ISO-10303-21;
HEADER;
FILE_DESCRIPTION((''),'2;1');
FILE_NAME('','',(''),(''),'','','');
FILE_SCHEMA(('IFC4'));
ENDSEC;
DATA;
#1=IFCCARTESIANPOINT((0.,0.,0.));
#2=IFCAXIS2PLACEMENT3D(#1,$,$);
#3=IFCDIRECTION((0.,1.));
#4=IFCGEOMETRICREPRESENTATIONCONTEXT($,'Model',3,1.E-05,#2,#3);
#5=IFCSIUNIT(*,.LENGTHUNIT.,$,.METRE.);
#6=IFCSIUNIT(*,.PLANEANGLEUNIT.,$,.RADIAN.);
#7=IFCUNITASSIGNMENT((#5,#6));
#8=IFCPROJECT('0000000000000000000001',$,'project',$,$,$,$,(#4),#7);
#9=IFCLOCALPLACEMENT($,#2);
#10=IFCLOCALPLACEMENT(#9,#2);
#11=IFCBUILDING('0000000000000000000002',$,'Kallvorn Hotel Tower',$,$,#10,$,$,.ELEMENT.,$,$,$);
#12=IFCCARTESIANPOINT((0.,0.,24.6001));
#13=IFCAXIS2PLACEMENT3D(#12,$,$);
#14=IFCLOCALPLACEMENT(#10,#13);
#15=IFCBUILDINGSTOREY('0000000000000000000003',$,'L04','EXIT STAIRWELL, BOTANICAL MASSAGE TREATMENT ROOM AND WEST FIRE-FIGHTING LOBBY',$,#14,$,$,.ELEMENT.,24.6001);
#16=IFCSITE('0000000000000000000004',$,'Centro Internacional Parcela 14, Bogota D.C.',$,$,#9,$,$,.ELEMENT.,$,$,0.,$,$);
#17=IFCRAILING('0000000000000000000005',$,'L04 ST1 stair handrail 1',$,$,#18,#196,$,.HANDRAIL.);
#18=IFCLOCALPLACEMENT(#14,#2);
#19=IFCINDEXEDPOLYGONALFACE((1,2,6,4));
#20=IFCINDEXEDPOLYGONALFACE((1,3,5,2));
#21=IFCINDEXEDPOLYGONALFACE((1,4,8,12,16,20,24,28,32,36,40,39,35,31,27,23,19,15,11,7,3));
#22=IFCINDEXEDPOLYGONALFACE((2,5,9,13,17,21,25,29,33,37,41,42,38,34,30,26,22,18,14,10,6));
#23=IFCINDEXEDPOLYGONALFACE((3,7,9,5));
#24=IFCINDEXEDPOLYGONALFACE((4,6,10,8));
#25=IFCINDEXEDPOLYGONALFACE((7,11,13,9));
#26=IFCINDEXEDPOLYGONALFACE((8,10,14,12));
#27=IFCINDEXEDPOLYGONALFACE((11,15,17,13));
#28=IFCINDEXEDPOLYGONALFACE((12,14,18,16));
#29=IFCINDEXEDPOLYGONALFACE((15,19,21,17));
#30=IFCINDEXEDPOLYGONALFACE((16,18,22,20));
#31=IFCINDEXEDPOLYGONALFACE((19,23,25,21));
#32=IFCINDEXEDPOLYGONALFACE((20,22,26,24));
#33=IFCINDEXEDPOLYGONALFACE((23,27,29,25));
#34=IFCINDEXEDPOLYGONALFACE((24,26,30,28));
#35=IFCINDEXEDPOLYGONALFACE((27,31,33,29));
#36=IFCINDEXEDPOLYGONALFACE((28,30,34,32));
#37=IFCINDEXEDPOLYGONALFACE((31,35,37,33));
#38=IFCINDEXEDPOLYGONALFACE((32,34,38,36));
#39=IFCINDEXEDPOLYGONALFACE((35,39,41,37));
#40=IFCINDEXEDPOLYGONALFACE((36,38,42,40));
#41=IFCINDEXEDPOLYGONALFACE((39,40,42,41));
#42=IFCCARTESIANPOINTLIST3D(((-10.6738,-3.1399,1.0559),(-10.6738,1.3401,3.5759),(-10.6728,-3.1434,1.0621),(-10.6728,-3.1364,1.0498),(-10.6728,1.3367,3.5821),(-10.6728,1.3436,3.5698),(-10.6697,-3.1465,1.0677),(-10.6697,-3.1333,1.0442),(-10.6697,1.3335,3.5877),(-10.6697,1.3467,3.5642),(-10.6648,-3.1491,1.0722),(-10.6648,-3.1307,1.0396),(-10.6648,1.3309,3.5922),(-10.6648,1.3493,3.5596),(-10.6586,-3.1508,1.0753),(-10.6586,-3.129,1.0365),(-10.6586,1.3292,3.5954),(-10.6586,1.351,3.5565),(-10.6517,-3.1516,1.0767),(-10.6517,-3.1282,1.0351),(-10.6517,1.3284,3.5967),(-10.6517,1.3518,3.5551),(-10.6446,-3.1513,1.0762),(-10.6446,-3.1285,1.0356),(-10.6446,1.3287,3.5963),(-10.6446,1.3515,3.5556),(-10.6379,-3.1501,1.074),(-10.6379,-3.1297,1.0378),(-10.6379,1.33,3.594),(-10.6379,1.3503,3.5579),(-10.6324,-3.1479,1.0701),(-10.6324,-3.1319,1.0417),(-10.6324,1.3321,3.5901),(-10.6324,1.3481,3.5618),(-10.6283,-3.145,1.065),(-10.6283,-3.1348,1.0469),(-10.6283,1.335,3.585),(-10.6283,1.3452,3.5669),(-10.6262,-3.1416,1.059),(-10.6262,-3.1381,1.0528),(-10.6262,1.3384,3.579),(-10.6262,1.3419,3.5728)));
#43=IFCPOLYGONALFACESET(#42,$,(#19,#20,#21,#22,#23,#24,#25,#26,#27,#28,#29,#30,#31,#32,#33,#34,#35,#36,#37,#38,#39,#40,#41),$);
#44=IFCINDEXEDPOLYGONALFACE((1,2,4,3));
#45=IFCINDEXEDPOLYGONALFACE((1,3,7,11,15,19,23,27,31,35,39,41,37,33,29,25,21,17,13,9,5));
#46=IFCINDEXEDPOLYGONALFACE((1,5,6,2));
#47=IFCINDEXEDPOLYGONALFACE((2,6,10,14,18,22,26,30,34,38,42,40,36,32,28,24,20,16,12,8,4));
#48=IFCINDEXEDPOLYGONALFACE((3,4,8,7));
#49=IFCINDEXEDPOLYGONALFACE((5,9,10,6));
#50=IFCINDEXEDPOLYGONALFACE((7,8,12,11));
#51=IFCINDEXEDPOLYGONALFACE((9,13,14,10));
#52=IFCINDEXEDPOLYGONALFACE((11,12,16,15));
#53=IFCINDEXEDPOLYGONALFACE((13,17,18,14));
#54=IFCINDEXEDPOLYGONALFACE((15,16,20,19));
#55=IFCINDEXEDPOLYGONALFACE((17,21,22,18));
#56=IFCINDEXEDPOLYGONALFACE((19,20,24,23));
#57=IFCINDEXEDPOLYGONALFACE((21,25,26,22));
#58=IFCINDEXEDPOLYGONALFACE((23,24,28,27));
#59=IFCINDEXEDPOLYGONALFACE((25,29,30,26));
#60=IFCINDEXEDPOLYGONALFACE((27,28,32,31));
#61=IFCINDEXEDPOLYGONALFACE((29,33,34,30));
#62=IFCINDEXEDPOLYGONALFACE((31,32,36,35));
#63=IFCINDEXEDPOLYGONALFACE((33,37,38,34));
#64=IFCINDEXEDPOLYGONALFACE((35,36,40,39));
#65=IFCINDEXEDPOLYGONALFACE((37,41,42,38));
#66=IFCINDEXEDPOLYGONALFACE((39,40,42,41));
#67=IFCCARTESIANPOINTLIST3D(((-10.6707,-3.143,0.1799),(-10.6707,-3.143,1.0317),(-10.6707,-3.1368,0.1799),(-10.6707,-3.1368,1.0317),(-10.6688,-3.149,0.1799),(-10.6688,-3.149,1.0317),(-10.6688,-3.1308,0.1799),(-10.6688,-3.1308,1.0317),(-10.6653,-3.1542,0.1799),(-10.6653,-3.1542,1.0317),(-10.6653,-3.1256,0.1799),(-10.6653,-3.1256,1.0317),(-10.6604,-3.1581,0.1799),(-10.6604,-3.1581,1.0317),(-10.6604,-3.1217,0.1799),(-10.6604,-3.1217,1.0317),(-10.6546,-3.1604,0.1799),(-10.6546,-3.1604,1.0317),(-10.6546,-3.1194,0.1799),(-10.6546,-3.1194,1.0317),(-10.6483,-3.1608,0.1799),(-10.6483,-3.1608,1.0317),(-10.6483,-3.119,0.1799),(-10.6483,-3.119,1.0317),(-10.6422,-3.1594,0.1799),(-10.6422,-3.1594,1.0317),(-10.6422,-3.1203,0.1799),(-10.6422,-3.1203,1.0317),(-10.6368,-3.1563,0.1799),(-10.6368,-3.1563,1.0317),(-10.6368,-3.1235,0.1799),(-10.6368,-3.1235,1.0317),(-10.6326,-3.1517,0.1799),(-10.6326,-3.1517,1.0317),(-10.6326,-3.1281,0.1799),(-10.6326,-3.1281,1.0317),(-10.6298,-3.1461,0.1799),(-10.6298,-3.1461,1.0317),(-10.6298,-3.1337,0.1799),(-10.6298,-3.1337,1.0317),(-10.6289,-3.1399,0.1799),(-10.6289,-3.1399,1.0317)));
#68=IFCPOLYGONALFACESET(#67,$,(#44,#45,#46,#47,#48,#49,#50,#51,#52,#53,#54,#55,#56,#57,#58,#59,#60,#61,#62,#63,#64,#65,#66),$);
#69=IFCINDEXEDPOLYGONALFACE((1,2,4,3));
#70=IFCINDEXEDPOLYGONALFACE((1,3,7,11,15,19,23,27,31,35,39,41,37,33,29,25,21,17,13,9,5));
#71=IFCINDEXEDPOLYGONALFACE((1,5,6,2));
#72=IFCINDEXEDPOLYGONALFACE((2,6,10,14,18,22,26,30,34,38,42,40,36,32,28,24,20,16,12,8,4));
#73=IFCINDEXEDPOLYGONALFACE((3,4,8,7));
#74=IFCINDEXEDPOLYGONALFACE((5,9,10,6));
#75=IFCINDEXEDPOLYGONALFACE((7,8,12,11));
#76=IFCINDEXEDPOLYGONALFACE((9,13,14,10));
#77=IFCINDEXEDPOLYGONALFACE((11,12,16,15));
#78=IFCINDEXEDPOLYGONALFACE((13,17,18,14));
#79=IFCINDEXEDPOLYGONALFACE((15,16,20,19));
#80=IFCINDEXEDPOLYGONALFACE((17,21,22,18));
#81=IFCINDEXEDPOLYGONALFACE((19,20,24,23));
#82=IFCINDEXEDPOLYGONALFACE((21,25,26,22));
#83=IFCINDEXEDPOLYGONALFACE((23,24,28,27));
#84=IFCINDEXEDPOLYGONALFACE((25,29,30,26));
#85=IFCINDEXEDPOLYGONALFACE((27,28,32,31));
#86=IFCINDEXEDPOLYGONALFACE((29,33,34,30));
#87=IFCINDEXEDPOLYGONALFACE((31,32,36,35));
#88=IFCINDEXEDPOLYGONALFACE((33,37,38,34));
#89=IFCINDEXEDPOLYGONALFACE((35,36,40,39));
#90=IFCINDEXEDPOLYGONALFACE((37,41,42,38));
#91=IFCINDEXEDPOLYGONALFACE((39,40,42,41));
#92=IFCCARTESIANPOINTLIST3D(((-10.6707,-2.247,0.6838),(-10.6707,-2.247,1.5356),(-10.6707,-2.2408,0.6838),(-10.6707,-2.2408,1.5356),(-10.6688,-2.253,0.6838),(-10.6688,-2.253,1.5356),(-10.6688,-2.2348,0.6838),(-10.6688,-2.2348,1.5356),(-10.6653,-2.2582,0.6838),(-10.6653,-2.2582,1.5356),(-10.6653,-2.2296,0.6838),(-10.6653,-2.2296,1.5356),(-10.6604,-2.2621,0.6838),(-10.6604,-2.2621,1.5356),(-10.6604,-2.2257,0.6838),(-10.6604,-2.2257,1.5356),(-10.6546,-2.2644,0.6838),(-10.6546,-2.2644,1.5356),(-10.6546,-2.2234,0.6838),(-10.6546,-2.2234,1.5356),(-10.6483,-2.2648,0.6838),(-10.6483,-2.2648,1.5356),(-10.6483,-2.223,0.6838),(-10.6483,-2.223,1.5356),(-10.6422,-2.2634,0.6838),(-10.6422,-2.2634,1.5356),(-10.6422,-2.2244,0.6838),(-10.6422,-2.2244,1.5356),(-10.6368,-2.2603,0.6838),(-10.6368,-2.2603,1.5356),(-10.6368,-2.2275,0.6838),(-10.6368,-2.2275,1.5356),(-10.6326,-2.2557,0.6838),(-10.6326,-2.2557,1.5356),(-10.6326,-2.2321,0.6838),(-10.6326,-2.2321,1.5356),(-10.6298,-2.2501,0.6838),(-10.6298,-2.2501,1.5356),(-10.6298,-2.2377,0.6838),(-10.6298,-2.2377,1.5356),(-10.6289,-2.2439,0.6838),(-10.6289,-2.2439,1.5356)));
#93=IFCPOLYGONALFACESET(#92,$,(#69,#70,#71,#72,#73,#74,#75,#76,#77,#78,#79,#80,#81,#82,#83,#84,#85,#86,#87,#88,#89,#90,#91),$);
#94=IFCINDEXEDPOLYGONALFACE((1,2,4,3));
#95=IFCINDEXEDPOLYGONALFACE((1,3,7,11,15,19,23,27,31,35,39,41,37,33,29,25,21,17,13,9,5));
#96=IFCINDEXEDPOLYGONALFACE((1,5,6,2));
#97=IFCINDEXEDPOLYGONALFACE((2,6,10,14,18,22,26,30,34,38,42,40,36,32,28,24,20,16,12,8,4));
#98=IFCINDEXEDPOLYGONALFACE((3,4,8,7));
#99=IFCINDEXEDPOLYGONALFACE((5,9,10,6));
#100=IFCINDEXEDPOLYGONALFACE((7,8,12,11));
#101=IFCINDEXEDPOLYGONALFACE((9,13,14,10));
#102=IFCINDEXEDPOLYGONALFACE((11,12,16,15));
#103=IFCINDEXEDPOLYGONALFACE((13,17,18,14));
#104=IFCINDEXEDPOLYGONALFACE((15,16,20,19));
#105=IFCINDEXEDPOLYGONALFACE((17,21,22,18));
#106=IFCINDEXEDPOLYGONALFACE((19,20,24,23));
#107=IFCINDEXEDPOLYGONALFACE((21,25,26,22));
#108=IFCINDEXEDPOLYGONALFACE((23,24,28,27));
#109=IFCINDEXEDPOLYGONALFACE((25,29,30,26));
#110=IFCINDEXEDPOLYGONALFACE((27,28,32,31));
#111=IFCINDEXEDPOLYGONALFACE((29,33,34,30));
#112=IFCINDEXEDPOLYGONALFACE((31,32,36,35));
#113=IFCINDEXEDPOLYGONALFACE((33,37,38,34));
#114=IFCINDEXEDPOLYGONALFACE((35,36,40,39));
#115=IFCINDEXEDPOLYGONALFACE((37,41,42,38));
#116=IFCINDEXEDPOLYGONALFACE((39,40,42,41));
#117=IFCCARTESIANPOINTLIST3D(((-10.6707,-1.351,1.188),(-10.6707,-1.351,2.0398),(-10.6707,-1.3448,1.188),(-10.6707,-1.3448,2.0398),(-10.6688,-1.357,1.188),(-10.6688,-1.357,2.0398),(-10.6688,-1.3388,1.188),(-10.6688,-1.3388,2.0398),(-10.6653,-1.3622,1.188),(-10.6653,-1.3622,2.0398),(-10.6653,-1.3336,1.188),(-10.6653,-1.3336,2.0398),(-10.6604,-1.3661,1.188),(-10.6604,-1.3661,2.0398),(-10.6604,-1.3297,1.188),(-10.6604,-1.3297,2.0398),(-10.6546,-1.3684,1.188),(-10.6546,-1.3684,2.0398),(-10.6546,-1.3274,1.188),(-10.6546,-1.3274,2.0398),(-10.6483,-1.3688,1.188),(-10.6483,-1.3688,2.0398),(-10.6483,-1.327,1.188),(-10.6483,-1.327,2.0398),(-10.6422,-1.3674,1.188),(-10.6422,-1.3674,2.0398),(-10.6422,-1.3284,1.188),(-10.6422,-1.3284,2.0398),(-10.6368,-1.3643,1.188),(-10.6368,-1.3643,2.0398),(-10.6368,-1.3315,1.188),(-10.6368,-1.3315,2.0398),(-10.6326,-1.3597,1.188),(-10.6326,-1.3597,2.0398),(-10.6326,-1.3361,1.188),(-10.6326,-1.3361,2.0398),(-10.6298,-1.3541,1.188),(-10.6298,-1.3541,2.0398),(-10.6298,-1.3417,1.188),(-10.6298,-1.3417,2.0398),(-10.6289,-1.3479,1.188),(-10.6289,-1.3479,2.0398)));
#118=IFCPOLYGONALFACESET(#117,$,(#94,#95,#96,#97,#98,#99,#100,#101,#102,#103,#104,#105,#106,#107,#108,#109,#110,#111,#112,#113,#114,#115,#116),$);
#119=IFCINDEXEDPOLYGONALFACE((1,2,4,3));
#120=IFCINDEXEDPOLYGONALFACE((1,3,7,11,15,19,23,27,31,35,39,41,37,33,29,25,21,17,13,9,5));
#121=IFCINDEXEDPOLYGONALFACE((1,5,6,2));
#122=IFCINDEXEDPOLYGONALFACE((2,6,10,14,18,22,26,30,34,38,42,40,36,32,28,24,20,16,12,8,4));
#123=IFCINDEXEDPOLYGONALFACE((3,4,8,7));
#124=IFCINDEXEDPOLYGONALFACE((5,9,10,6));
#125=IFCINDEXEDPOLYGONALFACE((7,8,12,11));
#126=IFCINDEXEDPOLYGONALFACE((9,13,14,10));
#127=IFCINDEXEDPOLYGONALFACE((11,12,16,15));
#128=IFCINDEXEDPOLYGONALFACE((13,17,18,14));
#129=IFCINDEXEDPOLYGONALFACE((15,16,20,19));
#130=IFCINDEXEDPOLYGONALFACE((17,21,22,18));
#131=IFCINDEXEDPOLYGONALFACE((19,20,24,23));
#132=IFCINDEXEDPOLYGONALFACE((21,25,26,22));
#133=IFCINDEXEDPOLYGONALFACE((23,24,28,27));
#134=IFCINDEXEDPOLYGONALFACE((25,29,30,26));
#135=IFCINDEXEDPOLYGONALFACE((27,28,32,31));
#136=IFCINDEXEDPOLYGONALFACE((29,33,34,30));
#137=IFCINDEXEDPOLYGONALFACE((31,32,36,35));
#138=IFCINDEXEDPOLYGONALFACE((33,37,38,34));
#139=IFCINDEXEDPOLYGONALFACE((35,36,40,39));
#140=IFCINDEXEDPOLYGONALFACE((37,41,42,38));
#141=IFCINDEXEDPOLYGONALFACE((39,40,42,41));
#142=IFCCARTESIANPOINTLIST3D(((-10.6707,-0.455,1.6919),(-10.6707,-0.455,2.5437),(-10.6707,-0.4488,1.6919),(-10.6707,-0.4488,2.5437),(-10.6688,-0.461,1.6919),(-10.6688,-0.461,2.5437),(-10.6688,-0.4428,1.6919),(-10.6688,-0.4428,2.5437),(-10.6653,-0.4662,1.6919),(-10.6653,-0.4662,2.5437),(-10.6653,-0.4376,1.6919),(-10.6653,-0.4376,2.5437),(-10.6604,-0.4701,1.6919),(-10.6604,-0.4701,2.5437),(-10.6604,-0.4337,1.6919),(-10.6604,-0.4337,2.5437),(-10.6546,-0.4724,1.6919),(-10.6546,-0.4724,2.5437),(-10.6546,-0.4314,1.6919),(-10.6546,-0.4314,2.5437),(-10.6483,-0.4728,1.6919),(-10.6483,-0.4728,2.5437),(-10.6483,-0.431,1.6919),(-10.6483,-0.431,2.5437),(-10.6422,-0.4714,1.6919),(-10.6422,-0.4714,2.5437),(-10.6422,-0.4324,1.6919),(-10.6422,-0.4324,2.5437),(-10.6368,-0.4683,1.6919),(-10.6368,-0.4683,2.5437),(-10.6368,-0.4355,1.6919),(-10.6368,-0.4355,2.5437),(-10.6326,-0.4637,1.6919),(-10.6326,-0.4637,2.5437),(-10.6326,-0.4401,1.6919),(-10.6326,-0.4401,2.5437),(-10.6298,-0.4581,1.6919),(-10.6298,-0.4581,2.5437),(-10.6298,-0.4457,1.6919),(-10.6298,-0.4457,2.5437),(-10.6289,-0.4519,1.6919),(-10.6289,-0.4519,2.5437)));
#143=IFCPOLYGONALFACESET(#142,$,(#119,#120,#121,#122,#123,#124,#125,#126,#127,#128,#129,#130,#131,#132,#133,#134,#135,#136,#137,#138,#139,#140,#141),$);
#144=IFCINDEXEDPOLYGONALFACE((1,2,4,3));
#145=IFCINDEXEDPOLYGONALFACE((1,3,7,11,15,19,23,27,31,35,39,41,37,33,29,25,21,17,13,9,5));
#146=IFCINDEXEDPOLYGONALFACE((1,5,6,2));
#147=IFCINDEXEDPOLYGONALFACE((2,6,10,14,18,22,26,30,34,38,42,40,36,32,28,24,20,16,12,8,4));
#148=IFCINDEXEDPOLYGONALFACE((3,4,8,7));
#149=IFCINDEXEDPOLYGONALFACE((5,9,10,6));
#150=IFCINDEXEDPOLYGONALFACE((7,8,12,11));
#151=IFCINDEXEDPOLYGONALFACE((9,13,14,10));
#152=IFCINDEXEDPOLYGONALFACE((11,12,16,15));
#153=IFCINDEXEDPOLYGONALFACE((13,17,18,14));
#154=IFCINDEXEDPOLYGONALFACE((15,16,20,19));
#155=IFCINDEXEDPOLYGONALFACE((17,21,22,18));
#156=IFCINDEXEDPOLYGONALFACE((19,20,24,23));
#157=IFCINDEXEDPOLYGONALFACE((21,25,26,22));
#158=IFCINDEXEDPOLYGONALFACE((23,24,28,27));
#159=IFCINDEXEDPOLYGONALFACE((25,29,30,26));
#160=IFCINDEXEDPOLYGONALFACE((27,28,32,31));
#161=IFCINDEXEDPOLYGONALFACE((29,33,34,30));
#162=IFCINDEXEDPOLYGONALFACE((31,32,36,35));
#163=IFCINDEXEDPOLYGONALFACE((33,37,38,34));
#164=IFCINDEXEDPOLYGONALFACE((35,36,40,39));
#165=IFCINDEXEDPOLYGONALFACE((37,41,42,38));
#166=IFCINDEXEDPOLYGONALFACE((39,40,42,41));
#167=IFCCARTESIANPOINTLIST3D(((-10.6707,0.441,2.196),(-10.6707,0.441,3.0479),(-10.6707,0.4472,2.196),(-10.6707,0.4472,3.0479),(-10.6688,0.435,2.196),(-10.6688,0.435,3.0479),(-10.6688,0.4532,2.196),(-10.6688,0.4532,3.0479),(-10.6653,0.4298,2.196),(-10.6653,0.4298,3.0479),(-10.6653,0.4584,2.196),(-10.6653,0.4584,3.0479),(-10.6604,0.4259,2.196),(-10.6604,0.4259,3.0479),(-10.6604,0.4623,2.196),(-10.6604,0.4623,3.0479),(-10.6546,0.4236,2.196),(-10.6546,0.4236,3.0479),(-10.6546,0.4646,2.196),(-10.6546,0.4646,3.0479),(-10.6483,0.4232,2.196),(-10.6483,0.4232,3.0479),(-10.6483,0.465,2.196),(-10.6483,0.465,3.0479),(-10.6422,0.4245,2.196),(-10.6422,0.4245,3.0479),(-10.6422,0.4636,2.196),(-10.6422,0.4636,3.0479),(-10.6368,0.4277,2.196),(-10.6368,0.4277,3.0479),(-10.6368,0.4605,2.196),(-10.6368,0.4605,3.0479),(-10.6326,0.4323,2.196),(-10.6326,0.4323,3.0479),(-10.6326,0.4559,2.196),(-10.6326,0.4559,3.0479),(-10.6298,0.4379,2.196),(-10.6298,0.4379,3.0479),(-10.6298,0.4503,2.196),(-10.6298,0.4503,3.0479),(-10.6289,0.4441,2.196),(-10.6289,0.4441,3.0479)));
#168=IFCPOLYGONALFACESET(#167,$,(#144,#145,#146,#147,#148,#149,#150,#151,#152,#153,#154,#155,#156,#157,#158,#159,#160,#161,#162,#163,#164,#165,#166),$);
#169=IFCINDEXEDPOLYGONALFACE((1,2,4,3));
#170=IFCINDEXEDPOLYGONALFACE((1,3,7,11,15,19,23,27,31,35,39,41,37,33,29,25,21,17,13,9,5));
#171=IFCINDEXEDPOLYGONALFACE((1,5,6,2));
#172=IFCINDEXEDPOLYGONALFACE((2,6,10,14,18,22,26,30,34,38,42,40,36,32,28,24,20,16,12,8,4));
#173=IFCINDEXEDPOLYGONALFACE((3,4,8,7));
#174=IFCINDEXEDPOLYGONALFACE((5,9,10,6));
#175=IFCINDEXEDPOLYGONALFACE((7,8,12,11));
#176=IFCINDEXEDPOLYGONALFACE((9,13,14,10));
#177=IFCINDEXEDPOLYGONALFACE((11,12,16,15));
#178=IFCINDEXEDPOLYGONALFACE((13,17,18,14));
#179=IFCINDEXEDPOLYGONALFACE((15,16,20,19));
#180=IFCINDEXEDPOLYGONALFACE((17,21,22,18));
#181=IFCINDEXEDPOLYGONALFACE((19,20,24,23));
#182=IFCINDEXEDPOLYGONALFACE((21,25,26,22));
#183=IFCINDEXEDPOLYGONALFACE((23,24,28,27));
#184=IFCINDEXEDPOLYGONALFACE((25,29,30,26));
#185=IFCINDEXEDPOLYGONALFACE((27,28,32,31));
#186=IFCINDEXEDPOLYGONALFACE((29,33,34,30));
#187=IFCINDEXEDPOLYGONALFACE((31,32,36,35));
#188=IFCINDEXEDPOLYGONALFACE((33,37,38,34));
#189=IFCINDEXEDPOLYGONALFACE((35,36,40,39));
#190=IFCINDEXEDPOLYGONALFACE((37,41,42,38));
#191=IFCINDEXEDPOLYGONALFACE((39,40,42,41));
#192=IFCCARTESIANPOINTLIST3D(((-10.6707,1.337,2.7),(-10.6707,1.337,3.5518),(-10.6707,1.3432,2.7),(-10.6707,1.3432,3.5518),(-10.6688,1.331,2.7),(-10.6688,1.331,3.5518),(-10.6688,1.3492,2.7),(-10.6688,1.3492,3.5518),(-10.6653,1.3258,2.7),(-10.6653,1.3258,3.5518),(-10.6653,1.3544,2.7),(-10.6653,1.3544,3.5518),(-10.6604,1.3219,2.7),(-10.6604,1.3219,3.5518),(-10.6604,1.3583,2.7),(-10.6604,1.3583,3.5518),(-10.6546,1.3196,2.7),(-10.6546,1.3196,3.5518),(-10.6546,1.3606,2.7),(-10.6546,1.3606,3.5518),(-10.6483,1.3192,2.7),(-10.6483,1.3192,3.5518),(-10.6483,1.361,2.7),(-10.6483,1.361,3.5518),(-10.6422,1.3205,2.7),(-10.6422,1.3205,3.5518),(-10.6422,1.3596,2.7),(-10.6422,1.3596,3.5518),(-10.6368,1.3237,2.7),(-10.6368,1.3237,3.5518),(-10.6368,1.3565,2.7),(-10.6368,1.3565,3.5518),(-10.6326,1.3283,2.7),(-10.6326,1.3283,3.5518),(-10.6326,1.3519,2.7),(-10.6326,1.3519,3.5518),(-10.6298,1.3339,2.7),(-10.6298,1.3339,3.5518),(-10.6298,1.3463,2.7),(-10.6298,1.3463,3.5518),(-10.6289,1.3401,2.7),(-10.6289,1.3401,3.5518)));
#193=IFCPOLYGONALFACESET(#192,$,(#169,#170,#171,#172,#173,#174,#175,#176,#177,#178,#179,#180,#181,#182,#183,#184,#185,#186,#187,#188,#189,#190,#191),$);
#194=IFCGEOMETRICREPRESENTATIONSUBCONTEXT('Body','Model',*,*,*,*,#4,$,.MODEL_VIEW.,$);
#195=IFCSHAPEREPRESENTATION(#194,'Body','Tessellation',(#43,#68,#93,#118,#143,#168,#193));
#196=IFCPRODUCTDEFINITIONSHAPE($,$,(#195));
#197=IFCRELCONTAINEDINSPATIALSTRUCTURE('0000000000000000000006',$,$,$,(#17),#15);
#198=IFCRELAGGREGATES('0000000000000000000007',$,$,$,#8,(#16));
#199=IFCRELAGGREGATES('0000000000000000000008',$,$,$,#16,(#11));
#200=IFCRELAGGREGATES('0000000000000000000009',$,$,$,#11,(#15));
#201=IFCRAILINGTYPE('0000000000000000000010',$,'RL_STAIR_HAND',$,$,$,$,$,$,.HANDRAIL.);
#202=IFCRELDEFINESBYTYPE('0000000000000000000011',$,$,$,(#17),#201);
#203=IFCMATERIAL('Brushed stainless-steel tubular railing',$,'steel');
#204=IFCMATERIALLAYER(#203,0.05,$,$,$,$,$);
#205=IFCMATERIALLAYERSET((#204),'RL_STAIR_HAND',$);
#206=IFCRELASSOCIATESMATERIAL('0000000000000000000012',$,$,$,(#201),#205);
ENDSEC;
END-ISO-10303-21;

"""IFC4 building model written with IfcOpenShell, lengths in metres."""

from ifc_helpers import new_model, si_unit, direction, frame, origin, origin_2d, place, context, subcontext, project, spatial, circle, extrude, material, layer, layer_set, type_object, element, save


model = new_model("IFC4")

# Units and contexts
model_context = context("Model", 3, precision=1e-05, world=origin(), true_north=direction((0.0, 1.0)))
body_context = subcontext(model_context, "Body", "Model", "MODEL_VIEW")
ifc_project = project(units=[si_unit("LENGTHUNIT", "METRE"), si_unit("PLANEANGLEUNIT", "RADIAN")], contexts=[model_context])

# Site, building, storey
site_placement = place(None, origin())
site = spatial("IfcSite", under=ifc_project, at=site_placement, Name="Centro Internacional Parcela 14, Bogota D.C.", CompositionType="ELEMENT", RefElevation=0.0)
building_placement = place(site_placement, origin())
building = spatial("IfcBuilding", under=site, at=building_placement, Name="Kallvorn Hotel Tower", CompositionType="ELEMENT")
storey_placement = place(building_placement, frame((0.0, 0.0, 24.6001)))
storey = spatial("IfcBuildingStorey", under=building, at=storey_placement, Name="L04", Description="EXIT STAIRWELL, BOTANICAL MASSAGE TREATMENT ROOM AND WEST FIRE-FIGHTING LOBBY", CompositionType="ELEMENT", Elevation=24.6001)

# Railing
ifc_material_1 = material(Name="Brushed stainless-steel tubular railing", Category="steel")
ifc_layer_1 = layer(ifc_material_1, 0.05)
ifc_layer_set_1 = layer_set([ifc_layer_1], Name="RL_STAIR_HAND")
railing_type_1 = type_object("IfcRailingType", Name="RL_STAIR_HAND", PredefinedType="HANDRAIL", material=ifc_layer_set_1)
railing_1_placement = place(storey_placement, frame((-10.6499, -3.1399, 0.1799)))
element("IfcRailing", 1, at=railing_1_placement, inside=storey, type_object=railing_type_1, Name="L04 ST1 stair handrail 1", PredefinedType="HANDRAIL", context=body_context, shape_type="SweptSolid", body=[
    extrude(circle(Radius=0.0239, at=origin_2d()), frame((0.0, 0.0, 0.876), z_axis=(0.0, 0.871573, 0.490266), x_axis=(-1.0, 0.0, 0.0)), (0.0, 0.0, 1.0), 5.1401),
    extrude(circle(Radius=0.021, at=origin_2d()), origin(), (0.0, 0.0, 1.0), 0.8518),
    extrude(circle(Radius=0.021, at=origin_2d()), frame((0.0, 0.896, 0.5039)), (0.0, 0.0, 1.0), 0.8518),
    extrude(circle(Radius=0.021, at=origin_2d()), frame((0.0, 1.792, 1.0081)), (0.0, 0.0, 1.0), 0.8518),
    extrude(circle(Radius=0.021, at=origin_2d()), frame((0.0, 2.688, 1.512)), (0.0, 0.0, 1.0), 0.8518),
    extrude(circle(Radius=0.021, at=origin_2d()), frame((0.0, 3.584, 2.0161)), (0.0, 0.0, 1.0), 0.8518),
    extrude(circle(Radius=0.021, at=origin_2d()), frame((0.0, 4.48, 2.52)), (0.0, 0.0, 1.0), 0.8518),
])

save(model, "model.ifc")
